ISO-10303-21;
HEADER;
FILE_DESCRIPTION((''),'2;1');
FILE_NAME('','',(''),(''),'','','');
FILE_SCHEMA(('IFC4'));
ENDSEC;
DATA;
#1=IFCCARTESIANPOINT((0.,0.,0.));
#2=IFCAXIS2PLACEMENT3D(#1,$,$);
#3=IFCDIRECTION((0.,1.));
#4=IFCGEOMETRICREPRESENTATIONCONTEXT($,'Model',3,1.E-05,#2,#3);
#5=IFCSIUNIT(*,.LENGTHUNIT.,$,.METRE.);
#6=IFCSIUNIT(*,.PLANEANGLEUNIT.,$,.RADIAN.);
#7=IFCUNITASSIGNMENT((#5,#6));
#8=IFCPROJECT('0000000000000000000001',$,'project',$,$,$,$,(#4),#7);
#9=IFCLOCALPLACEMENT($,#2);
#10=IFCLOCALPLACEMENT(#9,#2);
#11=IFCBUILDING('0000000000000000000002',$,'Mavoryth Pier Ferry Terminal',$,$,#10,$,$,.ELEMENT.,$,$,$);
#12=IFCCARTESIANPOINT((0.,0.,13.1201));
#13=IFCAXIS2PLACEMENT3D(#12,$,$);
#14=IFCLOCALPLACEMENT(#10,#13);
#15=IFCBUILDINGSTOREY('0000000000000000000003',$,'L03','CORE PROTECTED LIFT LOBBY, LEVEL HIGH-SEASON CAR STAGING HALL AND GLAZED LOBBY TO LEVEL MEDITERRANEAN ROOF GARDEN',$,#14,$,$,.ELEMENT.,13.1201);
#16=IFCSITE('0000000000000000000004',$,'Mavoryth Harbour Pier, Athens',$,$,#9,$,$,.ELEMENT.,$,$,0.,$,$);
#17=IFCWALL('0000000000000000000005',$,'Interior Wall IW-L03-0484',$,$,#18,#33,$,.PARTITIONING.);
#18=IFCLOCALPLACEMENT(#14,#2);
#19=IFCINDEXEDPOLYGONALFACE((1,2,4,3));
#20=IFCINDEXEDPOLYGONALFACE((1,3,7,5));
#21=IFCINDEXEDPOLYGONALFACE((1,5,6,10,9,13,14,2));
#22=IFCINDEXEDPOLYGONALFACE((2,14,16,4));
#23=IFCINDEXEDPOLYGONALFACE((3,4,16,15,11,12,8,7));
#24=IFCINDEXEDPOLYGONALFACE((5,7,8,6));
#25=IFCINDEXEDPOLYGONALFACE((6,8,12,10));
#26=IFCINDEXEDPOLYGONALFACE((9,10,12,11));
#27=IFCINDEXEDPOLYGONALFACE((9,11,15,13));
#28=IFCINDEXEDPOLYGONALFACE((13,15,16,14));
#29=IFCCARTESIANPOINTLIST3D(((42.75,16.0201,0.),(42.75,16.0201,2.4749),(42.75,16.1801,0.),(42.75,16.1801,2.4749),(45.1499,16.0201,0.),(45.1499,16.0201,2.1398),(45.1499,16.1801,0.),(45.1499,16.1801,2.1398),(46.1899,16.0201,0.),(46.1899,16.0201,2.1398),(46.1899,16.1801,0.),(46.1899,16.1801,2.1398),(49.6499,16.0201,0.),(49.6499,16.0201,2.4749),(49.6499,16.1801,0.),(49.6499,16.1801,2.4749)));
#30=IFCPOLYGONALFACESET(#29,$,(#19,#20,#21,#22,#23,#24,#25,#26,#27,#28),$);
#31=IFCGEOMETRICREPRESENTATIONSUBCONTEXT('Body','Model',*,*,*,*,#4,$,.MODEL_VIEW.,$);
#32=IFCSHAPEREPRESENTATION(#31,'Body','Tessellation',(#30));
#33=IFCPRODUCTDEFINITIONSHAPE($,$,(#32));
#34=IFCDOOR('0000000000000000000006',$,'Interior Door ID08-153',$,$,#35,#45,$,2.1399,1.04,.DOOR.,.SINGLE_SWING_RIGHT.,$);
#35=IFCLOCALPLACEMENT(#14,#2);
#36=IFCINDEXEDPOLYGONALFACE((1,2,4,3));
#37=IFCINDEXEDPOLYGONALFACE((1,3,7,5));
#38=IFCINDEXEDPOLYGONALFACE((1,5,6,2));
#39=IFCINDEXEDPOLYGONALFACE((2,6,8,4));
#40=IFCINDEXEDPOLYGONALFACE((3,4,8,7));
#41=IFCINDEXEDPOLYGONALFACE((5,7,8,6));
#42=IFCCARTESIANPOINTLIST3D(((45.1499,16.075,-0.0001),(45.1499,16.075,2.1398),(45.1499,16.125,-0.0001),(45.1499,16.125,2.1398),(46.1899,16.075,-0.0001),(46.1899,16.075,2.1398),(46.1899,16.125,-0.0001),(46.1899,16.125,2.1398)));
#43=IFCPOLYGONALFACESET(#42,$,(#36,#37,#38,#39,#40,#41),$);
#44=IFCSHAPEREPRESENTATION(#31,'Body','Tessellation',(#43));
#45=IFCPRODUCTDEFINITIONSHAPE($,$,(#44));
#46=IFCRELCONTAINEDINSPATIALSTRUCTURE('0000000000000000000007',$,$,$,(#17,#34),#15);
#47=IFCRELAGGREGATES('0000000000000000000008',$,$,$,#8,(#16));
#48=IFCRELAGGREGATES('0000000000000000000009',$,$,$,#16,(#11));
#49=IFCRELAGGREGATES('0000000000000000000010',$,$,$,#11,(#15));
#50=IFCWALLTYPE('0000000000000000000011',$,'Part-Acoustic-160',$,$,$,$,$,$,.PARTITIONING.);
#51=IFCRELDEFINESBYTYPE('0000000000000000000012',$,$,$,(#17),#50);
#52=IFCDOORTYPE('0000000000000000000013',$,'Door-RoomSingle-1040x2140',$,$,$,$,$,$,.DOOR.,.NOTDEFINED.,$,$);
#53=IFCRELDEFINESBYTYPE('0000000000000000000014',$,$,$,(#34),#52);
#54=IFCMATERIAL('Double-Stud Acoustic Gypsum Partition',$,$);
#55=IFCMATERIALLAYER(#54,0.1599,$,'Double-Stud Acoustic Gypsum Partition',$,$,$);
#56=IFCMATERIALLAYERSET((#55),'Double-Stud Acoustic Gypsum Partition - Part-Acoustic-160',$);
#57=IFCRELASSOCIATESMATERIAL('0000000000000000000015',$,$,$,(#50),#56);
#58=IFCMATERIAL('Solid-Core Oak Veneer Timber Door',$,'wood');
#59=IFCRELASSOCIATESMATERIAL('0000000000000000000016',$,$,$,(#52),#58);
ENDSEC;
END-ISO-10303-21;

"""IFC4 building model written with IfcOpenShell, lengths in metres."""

from ifc_helpers import new_model, si_unit, direction, frame, frame_2d, origin, place, context, subcontext, project, spatial, rectangle, extrude, material, layer, layer_set, type_object, element, fill, save


model = new_model("IFC4")

# Units and contexts
model_context = context("Model", 3, precision=1e-05, world=origin(), true_north=direction((0.0, 1.0)))
body_context = subcontext(model_context, "Body", "Model", "MODEL_VIEW")
ifc_project = project(units=[si_unit("LENGTHUNIT", "METRE"), si_unit("PLANEANGLEUNIT", "RADIAN")], contexts=[model_context])

# Site, building, storey
site_placement = place(None, origin())
site = spatial("IfcSite", under=ifc_project, at=site_placement, Name="Mavoryth Harbour Pier, Athens", CompositionType="ELEMENT", RefElevation=0.0)
building_placement = place(site_placement, origin())
building = spatial("IfcBuilding", under=site, at=building_placement, Name="Mavoryth Pier Ferry Terminal", CompositionType="ELEMENT")
storey_placement = place(building_placement, frame((0.0, 0.0, 13.1201)))
storey = spatial("IfcBuildingStorey", under=building, at=storey_placement, Name="L03", Description="CORE PROTECTED LIFT LOBBY, LEVEL HIGH-SEASON CAR STAGING HALL AND GLAZED LOBBY TO LEVEL MEDITERRANEAN ROOF GARDEN", CompositionType="ELEMENT", Elevation=13.1201)

# Wall, opening, door
ifc_material_1 = material(Name="Double-Stud Acoustic Gypsum Partition")
ifc_layer_1 = layer(ifc_material_1, 0.1599, Name="Double-Stud Acoustic Gypsum Partition")
ifc_layer_set_1 = layer_set([ifc_layer_1], Name="Double-Stud Acoustic Gypsum Partition - Part-Acoustic-160")
wall_type_1 = type_object("IfcWallType", Name="Part-Acoustic-160", PredefinedType="PARTITIONING", material=ifc_layer_set_1)
wall_1_placement = place(storey_placement, frame((42.75, 16.1001, 0.0), z_axis=(0.0, 0.0, 1.0), x_axis=(1.0, 0.0, 0.0)))
wall_1 = element("IfcWall", 1, at=wall_1_placement, inside=storey, type_object=wall_type_1, Name="Interior Wall IW-L03-0484", PredefinedType="PARTITIONING", context=body_context, shape_type="SweptSolid", body=[
    extrude(rectangle(XDim=6.8999, YDim=0.1599, at=frame_2d((3.45, 0.0))), origin(), (0.0, 0.0, 1.0), 2.4749),
])
opening_1_placement = place(wall_1_placement, frame((2.3999, 0.0, 0.0)))
opening_1 = element("IfcOpeningElement", 2, at=opening_1_placement, cuts=wall_1, PredefinedType="OPENING", context=body_context, shape_type="SweptSolid", body=[
    extrude(rectangle(XDim=1.04, YDim=2.1399, at=frame_2d((0.52, 1.0698))), frame((0.0, 0.0898, 0.0), z_axis=(0.0, -1.0, 0.0), x_axis=(1.0, 0.0, 0.0)), (0.0, 0.0, 1.0), 0.1799),
])
ifc_material_2 = material(Name="Solid-Core Oak Veneer Timber Door", Category="wood")
door_type_1 = type_object("IfcDoorType", Name="Door-RoomSingle-1040x2140", OperationType="NOTDEFINED", PredefinedType="DOOR", material=ifc_material_2)
door_1_placement = place(opening_1_placement, origin())
door_1 = element("IfcDoor", 3, at=door_1_placement, inside=storey, type_object=door_type_1, Name="Interior Door ID08-153", OperationType="SINGLE_SWING_RIGHT", OverallHeight=2.1399, OverallWidth=1.04, PredefinedType="DOOR", context=body_context, shape_type="SweptSolid", body=[
    extrude(rectangle(XDim=1.04, YDim=2.1399, at=frame_2d((0.52, 1.0698))), frame((0.0, 0.0249, 0.0), z_axis=(0.0, -1.0, 0.0), x_axis=(1.0, 0.0, 0.0)), (0.0, 0.0, 1.0), 0.05),
])
fill(opening_1, door_1)

save(model, "model.ifc")
